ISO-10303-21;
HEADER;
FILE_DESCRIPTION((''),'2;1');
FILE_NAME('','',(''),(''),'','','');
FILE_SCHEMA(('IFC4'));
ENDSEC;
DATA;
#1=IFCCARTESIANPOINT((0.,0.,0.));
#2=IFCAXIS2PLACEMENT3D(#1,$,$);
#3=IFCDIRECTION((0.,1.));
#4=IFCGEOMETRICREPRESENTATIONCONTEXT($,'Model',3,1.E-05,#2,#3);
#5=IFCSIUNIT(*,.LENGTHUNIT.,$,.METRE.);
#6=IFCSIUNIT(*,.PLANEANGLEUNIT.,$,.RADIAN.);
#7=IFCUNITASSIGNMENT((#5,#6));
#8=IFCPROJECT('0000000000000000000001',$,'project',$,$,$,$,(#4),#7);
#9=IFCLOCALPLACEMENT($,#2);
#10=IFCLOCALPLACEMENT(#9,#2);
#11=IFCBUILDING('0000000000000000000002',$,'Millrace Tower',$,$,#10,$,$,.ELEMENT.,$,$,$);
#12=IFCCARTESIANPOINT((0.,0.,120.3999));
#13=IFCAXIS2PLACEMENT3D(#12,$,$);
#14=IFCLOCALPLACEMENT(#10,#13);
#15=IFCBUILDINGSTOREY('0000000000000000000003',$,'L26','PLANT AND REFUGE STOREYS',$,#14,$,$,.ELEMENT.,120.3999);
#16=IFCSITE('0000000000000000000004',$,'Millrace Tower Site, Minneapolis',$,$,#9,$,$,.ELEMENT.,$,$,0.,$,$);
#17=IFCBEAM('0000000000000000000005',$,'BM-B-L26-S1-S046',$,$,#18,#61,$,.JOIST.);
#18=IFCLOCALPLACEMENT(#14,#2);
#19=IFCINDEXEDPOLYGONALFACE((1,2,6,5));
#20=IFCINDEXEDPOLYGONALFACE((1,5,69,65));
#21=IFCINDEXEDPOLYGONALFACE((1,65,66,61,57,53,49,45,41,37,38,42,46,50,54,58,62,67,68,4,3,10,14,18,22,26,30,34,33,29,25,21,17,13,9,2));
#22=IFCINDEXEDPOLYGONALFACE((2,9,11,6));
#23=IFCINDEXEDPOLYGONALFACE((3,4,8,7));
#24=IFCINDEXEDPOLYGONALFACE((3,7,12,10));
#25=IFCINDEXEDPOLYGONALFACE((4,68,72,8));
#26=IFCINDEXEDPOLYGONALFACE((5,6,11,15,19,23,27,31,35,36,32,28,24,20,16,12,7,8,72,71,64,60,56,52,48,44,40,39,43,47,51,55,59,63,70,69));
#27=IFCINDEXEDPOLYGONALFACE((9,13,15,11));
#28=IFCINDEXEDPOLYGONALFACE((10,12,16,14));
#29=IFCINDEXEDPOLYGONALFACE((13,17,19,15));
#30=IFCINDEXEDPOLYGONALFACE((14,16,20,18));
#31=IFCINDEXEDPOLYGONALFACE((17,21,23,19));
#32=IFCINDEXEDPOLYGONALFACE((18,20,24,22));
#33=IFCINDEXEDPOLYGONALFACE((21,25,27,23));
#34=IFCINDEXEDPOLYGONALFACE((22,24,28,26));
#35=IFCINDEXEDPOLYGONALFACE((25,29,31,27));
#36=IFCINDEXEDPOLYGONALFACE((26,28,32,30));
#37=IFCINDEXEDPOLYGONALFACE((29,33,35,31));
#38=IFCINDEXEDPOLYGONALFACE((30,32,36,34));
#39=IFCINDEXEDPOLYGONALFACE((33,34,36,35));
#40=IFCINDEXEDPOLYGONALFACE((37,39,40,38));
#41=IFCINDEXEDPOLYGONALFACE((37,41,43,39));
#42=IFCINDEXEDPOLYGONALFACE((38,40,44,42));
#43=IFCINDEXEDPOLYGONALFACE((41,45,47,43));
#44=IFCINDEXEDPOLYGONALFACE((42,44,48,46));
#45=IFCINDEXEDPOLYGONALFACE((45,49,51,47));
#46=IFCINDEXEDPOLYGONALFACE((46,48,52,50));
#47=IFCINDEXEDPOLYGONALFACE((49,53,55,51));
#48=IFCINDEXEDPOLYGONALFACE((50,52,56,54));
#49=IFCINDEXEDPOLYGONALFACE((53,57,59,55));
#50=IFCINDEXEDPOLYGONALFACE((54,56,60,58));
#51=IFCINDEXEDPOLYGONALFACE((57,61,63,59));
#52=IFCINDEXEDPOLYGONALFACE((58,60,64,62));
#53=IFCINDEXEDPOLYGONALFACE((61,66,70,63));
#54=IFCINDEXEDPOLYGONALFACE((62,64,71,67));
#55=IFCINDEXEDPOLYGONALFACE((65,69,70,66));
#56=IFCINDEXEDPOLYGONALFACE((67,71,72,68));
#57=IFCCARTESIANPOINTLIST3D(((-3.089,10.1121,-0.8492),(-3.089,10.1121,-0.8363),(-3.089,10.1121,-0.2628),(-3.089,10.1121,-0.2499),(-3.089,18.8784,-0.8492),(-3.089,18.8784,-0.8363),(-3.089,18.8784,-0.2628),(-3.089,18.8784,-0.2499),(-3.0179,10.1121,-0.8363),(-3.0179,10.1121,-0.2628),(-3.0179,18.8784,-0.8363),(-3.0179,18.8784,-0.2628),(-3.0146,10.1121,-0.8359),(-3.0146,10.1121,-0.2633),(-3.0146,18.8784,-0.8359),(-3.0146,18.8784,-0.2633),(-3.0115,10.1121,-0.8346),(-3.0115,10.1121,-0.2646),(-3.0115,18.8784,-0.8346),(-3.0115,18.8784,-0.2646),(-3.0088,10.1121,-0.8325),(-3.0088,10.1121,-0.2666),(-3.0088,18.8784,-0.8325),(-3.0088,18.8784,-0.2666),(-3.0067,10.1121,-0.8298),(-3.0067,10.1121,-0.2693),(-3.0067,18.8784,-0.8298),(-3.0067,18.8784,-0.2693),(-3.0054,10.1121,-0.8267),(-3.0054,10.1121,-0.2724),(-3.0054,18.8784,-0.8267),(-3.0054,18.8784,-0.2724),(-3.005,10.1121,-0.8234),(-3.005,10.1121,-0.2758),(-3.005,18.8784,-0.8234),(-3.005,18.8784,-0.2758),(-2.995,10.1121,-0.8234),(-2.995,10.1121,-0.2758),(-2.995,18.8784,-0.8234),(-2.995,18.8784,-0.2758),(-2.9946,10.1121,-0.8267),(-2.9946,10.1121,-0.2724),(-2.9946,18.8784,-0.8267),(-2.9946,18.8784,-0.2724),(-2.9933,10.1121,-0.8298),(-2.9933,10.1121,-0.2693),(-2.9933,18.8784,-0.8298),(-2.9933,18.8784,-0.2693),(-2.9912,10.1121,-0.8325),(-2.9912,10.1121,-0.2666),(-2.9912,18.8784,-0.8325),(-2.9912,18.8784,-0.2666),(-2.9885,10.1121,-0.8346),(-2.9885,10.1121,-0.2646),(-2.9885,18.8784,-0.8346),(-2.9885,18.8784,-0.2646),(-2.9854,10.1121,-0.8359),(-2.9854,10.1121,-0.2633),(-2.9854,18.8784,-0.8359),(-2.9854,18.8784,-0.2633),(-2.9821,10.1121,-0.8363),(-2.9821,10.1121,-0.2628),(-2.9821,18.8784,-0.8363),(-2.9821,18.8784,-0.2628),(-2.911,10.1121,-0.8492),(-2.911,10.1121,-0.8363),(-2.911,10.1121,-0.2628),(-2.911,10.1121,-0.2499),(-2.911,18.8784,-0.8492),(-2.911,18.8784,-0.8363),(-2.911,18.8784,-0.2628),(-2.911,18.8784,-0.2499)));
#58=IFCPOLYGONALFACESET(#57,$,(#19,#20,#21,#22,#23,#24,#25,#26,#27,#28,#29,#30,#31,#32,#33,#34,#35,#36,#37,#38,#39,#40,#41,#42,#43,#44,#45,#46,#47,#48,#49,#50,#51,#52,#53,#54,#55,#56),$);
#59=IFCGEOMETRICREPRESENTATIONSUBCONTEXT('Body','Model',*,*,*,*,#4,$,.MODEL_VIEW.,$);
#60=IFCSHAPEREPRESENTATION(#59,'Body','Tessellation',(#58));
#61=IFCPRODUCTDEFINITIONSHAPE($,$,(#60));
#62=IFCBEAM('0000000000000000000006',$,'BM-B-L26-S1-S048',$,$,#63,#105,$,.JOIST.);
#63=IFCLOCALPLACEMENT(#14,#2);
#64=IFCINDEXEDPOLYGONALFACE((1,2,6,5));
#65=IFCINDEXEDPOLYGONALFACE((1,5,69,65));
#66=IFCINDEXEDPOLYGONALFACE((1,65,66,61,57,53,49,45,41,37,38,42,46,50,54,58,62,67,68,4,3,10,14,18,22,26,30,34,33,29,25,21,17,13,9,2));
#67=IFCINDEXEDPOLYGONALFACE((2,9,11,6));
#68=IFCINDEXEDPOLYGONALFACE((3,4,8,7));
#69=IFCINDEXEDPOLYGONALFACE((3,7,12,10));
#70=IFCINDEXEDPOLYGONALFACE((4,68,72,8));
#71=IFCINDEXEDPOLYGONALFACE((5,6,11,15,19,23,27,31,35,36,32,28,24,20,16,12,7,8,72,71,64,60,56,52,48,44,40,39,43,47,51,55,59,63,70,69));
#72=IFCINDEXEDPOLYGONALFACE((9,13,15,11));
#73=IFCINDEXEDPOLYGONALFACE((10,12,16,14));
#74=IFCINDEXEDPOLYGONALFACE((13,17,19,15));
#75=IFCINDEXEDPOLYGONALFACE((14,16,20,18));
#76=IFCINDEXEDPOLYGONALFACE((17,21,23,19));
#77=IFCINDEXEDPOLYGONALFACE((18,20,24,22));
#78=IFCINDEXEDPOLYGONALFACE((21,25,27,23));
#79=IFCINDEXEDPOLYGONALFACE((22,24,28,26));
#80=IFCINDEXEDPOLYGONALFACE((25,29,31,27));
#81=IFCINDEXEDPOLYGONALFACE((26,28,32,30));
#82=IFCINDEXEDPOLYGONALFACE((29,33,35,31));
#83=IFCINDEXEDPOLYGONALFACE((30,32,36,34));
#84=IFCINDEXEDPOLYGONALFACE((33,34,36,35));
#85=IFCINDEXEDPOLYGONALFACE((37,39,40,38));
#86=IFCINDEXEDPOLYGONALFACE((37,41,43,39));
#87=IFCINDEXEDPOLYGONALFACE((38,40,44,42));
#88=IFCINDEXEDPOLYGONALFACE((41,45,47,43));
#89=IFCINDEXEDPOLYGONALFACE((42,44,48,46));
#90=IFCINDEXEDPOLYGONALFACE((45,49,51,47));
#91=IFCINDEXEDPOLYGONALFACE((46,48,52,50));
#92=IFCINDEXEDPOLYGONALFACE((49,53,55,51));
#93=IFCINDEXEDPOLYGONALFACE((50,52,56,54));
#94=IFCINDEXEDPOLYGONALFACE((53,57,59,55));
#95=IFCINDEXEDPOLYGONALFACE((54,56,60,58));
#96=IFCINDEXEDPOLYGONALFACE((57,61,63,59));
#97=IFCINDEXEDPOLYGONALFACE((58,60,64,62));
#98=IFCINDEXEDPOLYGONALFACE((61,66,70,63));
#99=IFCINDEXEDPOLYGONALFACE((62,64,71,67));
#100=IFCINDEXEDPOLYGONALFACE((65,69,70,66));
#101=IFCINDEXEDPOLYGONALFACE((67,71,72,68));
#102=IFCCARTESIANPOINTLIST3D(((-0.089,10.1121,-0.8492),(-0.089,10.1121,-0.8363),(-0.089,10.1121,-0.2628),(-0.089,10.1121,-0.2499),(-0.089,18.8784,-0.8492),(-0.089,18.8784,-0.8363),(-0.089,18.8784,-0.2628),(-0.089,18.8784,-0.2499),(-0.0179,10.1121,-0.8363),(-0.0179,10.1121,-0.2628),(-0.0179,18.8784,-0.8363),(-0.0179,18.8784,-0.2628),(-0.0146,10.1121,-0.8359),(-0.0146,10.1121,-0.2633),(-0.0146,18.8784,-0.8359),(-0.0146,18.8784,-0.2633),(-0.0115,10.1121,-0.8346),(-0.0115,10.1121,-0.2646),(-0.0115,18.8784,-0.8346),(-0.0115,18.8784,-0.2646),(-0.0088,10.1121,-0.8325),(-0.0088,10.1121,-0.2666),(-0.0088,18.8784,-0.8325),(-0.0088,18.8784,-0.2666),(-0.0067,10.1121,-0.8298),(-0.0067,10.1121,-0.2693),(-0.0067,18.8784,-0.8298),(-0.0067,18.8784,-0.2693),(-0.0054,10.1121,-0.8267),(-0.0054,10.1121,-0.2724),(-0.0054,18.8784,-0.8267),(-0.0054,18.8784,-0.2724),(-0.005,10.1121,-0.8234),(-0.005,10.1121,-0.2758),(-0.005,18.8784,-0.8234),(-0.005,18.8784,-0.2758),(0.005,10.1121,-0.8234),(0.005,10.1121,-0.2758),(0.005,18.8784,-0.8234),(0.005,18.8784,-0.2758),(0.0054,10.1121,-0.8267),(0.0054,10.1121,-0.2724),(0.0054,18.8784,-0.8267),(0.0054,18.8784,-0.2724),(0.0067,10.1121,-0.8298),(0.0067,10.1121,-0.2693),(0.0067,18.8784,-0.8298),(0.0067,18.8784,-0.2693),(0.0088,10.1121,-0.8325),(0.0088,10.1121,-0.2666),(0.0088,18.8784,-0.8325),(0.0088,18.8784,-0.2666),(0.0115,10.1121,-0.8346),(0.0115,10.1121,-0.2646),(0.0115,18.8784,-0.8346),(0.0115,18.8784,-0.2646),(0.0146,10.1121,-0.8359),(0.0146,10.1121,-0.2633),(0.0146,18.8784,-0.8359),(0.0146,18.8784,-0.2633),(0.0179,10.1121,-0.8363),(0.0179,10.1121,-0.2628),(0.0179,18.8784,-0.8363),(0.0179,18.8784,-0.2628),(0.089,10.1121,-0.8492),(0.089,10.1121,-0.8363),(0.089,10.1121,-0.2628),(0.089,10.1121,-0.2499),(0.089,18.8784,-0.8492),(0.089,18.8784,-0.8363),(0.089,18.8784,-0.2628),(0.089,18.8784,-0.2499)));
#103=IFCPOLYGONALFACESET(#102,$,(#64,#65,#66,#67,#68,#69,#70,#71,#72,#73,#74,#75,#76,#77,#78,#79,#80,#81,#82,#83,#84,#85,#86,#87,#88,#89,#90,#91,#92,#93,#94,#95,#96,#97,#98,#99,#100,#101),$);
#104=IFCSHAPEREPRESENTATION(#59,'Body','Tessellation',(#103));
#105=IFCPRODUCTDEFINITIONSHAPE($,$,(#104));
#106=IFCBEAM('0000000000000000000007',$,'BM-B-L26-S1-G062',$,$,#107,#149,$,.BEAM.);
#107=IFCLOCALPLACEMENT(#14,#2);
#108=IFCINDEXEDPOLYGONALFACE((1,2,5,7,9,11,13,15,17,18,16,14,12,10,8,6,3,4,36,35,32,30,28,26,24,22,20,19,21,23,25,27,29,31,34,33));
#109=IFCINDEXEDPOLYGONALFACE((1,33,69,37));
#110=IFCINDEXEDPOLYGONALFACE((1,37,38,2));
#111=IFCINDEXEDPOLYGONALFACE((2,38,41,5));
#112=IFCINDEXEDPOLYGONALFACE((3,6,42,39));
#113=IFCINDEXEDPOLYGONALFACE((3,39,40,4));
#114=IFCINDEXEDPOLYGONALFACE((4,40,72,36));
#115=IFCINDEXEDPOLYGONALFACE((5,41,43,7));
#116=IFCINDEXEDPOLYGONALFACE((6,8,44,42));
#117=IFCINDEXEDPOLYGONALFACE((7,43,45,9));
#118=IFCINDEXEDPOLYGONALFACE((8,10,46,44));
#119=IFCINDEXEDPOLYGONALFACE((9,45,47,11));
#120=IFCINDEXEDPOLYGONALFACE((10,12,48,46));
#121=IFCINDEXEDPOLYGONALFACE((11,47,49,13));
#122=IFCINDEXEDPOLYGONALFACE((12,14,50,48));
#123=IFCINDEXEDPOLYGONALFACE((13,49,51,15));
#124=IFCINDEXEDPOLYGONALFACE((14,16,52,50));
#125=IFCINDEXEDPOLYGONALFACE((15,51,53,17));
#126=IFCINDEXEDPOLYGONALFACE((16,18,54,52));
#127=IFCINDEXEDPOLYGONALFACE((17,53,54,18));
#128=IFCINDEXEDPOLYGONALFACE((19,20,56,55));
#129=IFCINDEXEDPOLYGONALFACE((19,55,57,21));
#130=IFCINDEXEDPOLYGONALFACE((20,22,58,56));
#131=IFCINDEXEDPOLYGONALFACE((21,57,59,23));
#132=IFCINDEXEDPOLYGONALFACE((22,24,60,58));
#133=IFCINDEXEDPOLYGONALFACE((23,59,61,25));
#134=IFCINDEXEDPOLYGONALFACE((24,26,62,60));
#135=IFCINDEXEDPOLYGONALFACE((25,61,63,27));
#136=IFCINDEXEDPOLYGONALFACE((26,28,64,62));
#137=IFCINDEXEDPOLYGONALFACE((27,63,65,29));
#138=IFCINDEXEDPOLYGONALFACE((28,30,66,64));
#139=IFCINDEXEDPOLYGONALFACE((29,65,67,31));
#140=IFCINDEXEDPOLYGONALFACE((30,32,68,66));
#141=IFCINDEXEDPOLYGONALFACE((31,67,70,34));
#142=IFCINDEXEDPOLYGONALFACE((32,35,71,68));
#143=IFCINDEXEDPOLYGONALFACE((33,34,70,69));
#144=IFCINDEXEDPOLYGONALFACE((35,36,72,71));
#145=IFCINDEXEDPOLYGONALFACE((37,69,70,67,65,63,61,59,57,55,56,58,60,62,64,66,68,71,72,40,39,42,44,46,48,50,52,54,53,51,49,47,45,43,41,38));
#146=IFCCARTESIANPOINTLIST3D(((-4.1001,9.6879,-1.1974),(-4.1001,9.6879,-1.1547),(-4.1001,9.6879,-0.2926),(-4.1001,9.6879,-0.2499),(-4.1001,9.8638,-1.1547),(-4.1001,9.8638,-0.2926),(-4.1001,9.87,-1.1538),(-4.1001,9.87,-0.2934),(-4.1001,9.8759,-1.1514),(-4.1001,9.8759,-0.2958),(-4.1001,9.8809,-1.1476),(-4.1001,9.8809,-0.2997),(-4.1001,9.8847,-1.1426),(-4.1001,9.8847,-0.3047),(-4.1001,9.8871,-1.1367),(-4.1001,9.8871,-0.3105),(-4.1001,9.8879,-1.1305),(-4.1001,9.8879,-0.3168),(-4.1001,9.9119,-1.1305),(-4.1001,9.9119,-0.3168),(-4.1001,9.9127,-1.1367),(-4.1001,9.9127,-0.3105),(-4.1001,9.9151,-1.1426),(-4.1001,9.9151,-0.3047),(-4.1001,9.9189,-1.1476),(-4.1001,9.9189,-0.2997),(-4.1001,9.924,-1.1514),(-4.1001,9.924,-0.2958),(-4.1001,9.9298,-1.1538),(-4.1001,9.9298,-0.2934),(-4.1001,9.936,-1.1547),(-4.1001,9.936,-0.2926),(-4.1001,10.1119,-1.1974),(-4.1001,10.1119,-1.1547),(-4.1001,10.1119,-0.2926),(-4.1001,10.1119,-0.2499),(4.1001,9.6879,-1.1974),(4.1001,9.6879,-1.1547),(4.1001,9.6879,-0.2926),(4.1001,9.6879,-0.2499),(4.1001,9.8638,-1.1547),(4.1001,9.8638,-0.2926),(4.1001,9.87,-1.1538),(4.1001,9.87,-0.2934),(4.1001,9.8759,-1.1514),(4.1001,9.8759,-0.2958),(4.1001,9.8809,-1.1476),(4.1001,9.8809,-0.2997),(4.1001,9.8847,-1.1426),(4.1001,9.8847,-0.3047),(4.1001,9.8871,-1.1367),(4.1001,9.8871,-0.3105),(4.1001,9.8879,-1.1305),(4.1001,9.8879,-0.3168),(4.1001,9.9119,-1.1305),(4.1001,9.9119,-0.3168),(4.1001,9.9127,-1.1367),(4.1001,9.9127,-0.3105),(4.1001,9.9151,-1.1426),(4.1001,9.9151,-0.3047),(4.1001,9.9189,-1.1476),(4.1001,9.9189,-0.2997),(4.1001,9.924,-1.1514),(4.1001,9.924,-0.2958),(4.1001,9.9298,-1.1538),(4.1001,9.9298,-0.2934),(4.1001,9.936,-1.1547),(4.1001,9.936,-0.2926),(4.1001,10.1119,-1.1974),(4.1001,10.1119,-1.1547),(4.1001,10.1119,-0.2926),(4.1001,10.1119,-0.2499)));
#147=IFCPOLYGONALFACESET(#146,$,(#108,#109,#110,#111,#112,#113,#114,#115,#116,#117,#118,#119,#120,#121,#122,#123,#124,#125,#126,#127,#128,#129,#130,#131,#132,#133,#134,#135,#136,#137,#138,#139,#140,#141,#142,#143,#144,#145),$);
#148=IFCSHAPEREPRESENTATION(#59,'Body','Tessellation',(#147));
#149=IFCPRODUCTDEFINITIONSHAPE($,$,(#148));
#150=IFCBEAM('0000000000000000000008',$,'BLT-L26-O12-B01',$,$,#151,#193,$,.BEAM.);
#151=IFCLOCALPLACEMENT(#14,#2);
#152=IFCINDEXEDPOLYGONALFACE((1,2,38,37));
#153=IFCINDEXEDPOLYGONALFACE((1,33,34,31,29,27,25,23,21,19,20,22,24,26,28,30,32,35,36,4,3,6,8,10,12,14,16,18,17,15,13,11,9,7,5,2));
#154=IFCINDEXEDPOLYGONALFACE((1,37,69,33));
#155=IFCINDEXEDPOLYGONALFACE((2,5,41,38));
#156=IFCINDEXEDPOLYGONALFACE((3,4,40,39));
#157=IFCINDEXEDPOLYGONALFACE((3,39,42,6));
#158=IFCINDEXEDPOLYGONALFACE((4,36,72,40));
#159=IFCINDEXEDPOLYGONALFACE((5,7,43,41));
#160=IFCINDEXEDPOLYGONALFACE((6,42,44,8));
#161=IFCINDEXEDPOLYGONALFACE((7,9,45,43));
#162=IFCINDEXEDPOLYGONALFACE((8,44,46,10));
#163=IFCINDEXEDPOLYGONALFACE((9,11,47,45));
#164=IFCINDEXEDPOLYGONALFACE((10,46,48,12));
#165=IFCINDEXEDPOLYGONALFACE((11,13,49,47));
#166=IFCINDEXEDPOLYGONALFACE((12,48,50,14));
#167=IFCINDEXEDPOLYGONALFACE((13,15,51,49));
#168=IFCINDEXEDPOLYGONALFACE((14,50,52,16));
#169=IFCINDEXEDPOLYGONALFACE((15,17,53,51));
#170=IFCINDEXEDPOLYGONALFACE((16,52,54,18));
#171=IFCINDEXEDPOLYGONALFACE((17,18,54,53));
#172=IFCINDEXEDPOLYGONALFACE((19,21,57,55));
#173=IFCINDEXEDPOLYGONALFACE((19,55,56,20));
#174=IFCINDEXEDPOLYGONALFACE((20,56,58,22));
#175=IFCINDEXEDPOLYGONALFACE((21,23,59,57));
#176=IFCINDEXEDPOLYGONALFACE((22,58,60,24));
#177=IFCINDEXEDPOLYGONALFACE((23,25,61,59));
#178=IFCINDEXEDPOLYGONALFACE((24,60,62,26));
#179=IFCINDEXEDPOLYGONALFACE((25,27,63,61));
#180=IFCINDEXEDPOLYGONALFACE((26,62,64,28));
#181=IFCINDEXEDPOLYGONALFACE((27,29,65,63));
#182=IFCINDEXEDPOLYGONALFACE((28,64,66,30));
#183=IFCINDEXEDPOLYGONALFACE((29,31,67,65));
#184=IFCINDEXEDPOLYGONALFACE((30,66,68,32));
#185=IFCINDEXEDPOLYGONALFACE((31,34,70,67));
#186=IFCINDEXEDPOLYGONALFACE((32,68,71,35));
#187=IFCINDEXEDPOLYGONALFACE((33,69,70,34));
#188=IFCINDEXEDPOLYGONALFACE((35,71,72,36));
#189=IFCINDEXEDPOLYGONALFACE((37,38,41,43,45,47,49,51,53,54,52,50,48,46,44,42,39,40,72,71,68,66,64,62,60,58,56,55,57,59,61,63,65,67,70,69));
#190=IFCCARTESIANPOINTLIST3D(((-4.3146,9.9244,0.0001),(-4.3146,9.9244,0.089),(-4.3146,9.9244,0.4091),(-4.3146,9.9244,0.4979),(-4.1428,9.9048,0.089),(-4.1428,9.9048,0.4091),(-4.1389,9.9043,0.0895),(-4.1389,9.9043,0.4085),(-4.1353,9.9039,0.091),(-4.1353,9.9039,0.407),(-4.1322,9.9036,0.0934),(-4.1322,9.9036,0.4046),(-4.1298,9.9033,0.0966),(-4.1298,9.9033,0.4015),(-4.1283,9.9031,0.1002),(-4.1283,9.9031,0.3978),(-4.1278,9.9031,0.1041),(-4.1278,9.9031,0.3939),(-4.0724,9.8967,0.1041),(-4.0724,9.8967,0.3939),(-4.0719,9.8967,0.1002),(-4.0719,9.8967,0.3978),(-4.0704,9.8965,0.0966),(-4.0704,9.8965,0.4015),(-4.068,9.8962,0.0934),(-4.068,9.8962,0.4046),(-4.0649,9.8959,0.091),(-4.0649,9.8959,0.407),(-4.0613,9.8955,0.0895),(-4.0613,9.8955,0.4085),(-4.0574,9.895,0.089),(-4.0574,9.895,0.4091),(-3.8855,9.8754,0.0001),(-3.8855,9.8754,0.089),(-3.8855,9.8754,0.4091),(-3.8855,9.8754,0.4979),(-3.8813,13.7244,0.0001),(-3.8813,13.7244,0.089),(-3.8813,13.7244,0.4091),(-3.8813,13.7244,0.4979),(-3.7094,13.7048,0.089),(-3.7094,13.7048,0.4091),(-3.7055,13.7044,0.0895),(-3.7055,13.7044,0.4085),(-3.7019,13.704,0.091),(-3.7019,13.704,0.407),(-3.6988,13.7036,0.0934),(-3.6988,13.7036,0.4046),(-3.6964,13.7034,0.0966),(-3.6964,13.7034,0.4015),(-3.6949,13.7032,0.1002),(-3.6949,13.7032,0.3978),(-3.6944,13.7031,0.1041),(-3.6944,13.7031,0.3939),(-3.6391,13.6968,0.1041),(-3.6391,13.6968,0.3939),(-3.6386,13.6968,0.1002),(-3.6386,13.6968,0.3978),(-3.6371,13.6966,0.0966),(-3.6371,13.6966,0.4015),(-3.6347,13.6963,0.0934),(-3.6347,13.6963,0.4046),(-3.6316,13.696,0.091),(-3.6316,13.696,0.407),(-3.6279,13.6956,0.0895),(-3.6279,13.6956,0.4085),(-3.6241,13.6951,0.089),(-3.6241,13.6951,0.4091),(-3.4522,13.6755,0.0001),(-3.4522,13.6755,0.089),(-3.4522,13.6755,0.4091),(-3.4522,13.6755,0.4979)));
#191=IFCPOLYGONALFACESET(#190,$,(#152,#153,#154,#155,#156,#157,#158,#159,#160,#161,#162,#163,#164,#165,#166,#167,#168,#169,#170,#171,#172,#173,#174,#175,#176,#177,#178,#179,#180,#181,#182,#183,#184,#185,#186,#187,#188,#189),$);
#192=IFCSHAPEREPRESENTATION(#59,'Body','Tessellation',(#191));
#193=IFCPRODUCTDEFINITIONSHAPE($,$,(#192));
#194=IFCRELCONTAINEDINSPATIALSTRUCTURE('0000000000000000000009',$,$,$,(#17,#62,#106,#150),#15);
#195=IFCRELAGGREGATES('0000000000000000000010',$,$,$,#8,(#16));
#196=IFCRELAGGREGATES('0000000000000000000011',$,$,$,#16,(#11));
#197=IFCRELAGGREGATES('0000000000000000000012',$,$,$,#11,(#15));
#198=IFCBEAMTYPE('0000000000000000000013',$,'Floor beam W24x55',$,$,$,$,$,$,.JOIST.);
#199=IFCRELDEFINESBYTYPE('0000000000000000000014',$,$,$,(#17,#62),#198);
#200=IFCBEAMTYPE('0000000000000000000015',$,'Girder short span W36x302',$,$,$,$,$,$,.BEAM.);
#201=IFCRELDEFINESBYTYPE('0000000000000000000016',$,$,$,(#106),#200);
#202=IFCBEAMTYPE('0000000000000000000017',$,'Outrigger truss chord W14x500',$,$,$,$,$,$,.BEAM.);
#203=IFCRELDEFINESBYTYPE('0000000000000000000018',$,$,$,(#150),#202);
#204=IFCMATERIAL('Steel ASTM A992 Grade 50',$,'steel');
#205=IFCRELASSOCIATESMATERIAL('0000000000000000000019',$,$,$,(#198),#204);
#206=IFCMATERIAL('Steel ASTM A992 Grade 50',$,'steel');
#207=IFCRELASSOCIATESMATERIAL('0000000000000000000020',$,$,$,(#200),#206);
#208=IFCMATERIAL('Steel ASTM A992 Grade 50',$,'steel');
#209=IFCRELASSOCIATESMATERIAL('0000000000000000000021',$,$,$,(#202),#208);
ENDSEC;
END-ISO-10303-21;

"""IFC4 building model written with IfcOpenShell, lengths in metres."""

from ifc_helpers import new_model, si_unit, direction, frame, origin, origin_2d, place, context, subcontext, project, spatial, i_section, extrude, material, material_profile, profile_set, type_object, element, save


model = new_model("IFC4")

# Units and contexts
model_context = context("Model", 3, precision=1e-05, world=origin(), true_north=direction((0.0, 1.0)))
body_context = subcontext(model_context, "Body", "Model", "MODEL_VIEW")
ifc_project = project(units=[si_unit("LENGTHUNIT", "METRE"), si_unit("PLANEANGLEUNIT", "RADIAN")], contexts=[model_context])

# Site, building, storey
site_placement = place(None, origin())
site = spatial("IfcSite", under=ifc_project, at=site_placement, Name="Millrace Tower Site, Minneapolis", CompositionType="ELEMENT", RefElevation=0.0)
building_placement = place(site_placement, origin())
building = spatial("IfcBuilding", under=site, at=building_placement, Name="Millrace Tower", CompositionType="ELEMENT")
storey_placement = place(building_placement, frame((0.0, 0.0, 120.3999)))
storey = spatial("IfcBuildingStorey", under=building, at=storey_placement, Name="L26", Description="PLANT AND REFUGE STOREYS", CompositionType="ELEMENT", Elevation=120.3999)

# Beams
ifc_material_1 = material(Name="Steel ASTM A992 Grade 50", Category="steel")
ifc_material_profile_1 = material_profile(ifc_material_1, i_section(OverallWidth=0.178, OverallDepth=0.5994, WebThickness=0.01, FlangeThickness=0.0129, FilletRadius=0.0129, at=origin_2d()))
ifc_profile_set_1 = profile_set([ifc_material_profile_1], Name="Steel ASTM A992 Grade 50")
beam_type_1 = type_object("IfcBeamType", Name="Floor beam W24x55", PredefinedType="JOIST", material=ifc_profile_set_1)
for number, where, z_axis, x_axis, name in (
    (1, (-3.0, 10.1121, -0.5496), (0.0, 1.0, 0.0), (-1.0, 0.0, 0.0), "BM-B-L26-S1-S046"),
    (2, (0.0, 10.1121, -0.5496), (0.0, 1.0, 0.0), (-1.0, 0.0, 0.0), "BM-B-L26-S1-S048"),
):
    element("IfcBeam", number, at=place(storey_placement, frame(where, z_axis=z_axis, x_axis=x_axis)), inside=storey, type_object=beam_type_1, Name=name, PredefinedType="JOIST", context=body_context, shape_type="SweptSolid", body=[
        extrude(i_section(OverallWidth=0.178, OverallDepth=0.5994, WebThickness=0.01, FlangeThickness=0.0129, FilletRadius=0.0129, at=origin_2d()), origin(), (0.0, 0.0, 1.0), 8.7664),
    ])
ifc_material_2 = material(Name="Steel ASTM A992 Grade 50", Category="steel")
ifc_material_profile_2 = material_profile(ifc_material_2, i_section(OverallWidth=0.4241, OverallDepth=0.9475, WebThickness=0.0239, FlangeThickness=0.0427, FilletRadius=0.0242, at=origin_2d()))
ifc_profile_set_2 = profile_set([ifc_material_profile_2], Name="Steel ASTM A992 Grade 50")
beam_type_2 = type_object("IfcBeamType", Name="Girder short span W36x302", PredefinedType="BEAM", material=ifc_profile_set_2)
beam_placement = place(storey_placement, frame((-4.1001, 9.8999, -0.7236), z_axis=(1.0, 0.0, 0.0), x_axis=(0.0, 1.0, 0.0)))
element("IfcBeam", 3, at=beam_placement, inside=storey, type_object=beam_type_2, Name="BM-B-L26-S1-G062", PredefinedType="BEAM", context=body_context, shape_type="SweptSolid", body=[
    extrude(i_section(OverallWidth=0.4241, OverallDepth=0.9475, WebThickness=0.0239, FlangeThickness=0.0427, FilletRadius=0.0242, at=origin_2d()), origin(), (0.0, 0.0, 1.0), 8.2002),
])
ifc_material_3 = material(Name="Steel ASTM A992 Grade 50", Category="steel")
ifc_material_profile_3 = material_profile(ifc_material_3, i_section(OverallWidth=0.4319, OverallDepth=0.4978, WebThickness=0.0557, FlangeThickness=0.0889, FilletRadius=0.0151, at=origin_2d()))
ifc_profile_set_3 = profile_set([ifc_material_profile_3], Name="Steel ASTM A992 Grade 50")
beam_type_3 = type_object("IfcBeamType", Name="Outrigger truss chord W14x500", PredefinedType="BEAM", material=ifc_profile_set_3)
for number, where, z_axis, x_axis, name in (
    (4, (-4.1001, 9.8999, 0.249), (0.113304, 0.99356, 0.0), (-0.99356, 0.113304, 0.0), "BLT-L26-O12-B01"),
):
    element("IfcBeam", number, at=place(storey_placement, frame(where, z_axis=z_axis, x_axis=x_axis)), inside=storey, type_object=beam_type_3, Name=name, PredefinedType="BEAM", context=body_context, shape_type="SweptSolid", body=[
        extrude(i_section(OverallWidth=0.4319, OverallDepth=0.4978, WebThickness=0.0557, FlangeThickness=0.0889, FilletRadius=0.0151, at=origin_2d()), origin(), (0.0, 0.0, 1.0), 3.8247),
    ])

save(model, "model.ifc")
